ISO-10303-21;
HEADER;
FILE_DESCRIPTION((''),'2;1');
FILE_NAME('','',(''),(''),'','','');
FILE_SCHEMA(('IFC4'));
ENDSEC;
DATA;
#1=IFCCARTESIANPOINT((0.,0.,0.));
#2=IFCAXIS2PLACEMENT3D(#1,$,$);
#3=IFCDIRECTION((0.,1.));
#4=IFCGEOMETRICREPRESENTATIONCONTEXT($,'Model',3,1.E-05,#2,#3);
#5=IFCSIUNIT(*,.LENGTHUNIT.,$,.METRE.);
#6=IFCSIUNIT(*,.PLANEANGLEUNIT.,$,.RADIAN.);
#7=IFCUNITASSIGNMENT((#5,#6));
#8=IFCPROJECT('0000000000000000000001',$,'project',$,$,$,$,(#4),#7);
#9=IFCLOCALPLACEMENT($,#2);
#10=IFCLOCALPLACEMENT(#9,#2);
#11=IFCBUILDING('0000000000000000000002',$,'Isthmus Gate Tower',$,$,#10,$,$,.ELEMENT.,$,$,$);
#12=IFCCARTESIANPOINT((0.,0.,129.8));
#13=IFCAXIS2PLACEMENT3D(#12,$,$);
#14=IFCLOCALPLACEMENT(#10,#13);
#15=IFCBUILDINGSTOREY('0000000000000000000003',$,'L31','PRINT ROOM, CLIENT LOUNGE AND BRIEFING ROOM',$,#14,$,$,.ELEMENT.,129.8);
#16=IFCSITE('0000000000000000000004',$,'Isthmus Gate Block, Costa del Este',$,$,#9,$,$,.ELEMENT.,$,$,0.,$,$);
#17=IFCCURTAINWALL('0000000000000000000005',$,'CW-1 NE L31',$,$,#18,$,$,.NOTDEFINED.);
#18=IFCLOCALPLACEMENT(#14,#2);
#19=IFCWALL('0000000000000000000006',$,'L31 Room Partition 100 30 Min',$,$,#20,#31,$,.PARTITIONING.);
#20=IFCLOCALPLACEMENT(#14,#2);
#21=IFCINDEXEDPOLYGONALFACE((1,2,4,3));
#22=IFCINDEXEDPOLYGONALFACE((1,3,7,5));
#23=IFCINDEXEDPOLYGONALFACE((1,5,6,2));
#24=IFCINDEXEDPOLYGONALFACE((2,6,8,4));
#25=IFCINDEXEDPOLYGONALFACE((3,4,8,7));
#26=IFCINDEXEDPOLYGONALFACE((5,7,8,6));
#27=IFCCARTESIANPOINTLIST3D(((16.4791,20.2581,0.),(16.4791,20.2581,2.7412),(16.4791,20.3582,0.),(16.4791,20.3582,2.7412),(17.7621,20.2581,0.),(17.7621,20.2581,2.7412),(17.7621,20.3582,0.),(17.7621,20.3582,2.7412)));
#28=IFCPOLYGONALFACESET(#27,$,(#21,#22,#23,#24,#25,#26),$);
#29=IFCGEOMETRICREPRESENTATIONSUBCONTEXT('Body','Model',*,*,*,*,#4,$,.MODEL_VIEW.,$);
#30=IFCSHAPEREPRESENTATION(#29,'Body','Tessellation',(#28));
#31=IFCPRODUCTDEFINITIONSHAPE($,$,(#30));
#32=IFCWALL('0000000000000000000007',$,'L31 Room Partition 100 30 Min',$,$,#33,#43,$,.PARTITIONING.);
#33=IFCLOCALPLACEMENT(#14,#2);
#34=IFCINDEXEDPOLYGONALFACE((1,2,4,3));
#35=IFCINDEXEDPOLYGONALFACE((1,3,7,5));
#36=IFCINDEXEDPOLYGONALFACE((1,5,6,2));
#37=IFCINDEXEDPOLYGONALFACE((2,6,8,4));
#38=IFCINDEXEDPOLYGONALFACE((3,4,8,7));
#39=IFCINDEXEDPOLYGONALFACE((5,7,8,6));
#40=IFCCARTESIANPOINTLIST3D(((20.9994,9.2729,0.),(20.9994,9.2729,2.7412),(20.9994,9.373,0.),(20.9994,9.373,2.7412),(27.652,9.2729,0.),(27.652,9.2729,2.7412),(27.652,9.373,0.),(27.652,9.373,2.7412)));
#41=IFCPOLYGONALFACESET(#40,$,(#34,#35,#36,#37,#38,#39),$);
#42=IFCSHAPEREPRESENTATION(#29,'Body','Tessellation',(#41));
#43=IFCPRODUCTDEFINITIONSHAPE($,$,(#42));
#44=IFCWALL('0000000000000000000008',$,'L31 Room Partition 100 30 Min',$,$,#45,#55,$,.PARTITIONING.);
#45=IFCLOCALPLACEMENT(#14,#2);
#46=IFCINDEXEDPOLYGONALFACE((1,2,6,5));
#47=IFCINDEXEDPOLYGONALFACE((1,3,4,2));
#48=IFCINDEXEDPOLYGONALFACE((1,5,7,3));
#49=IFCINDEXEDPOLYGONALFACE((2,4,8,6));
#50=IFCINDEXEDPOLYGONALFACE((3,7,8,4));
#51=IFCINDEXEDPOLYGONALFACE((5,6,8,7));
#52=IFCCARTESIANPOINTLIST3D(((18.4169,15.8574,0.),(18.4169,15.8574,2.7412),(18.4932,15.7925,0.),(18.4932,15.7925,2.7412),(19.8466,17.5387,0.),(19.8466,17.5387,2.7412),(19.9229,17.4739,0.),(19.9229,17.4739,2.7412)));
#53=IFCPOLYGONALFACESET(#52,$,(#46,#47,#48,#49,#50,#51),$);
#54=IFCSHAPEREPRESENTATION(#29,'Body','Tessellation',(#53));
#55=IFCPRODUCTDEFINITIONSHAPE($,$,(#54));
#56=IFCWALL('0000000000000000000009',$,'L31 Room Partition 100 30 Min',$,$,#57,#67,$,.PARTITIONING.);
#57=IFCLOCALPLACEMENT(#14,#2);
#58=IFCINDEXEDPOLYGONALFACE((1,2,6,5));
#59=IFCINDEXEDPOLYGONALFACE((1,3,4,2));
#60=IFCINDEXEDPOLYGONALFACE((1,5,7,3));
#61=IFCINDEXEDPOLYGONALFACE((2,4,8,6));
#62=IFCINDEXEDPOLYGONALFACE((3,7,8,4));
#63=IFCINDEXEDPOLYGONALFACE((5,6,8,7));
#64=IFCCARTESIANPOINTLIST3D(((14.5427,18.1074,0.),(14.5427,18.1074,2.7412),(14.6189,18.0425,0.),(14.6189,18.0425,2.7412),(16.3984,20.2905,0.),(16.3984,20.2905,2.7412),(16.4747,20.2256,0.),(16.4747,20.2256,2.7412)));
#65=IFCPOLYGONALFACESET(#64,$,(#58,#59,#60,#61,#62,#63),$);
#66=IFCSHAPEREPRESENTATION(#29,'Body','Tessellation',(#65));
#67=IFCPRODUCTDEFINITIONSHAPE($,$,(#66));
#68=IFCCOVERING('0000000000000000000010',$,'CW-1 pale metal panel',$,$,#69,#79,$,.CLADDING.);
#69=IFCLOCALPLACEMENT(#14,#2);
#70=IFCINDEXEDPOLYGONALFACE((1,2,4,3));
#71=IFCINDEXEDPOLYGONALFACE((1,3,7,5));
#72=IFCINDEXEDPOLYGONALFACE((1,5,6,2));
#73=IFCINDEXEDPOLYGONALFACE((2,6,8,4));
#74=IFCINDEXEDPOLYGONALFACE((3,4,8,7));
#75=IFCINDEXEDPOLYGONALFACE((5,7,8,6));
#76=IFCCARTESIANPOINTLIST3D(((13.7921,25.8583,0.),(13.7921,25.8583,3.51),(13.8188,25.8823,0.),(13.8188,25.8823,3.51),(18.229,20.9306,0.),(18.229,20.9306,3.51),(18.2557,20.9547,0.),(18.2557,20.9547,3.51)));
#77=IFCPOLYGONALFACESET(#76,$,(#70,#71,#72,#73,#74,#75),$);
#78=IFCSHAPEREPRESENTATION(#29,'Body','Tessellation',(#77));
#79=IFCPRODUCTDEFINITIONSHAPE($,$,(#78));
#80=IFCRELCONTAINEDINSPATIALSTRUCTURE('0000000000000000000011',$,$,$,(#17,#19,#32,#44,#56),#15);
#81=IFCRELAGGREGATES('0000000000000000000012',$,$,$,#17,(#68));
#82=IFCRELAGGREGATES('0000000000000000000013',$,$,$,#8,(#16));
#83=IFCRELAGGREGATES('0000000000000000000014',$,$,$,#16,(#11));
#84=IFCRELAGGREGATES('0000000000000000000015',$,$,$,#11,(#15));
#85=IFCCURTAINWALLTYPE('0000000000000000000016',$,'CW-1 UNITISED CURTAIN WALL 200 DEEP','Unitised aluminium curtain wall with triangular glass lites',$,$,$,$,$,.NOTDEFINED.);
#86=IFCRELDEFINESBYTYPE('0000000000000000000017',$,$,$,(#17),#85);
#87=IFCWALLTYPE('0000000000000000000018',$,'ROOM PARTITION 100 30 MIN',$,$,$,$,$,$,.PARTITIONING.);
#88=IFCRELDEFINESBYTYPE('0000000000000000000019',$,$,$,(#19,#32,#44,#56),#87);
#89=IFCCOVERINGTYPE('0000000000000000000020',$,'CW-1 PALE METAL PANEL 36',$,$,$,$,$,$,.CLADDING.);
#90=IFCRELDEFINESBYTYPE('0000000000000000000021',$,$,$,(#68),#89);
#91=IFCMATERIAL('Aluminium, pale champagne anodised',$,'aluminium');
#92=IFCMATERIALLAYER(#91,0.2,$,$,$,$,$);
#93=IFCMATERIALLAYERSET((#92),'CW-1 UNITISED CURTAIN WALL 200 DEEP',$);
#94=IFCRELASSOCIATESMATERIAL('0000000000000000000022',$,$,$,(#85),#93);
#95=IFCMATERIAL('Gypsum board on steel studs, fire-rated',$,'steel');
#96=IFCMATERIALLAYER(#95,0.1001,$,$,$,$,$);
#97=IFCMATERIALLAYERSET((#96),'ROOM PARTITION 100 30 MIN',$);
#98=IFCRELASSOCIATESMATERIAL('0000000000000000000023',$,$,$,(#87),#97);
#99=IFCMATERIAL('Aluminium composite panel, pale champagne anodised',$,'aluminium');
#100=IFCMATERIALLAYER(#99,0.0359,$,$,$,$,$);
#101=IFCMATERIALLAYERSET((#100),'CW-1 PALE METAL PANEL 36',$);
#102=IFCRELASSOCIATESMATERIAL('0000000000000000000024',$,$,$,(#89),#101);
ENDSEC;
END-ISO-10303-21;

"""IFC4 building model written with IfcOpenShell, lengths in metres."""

from ifc_helpers import new_model, si_unit, direction, frame, frame_2d, origin, origin_2d, place, context, subcontext, project, spatial, rectangle, extrude, material, layer, layer_set, type_object, element, aggregate, save


model = new_model("IFC4")

# Units and contexts
model_context = context("Model", 3, precision=1e-05, world=origin(), true_north=direction((0.0, 1.0)))
body_context = subcontext(model_context, "Body", "Model", "MODEL_VIEW")
ifc_project = project(units=[si_unit("LENGTHUNIT", "METRE"), si_unit("PLANEANGLEUNIT", "RADIAN")], contexts=[model_context])

# Site, building, storey
site_placement = place(None, origin())
site = spatial("IfcSite", under=ifc_project, at=site_placement, Name="Isthmus Gate Block, Costa del Este", CompositionType="ELEMENT", RefElevation=0.0)
building_placement = place(site_placement, origin())
building = spatial("IfcBuilding", under=site, at=building_placement, Name="Isthmus Gate Tower", CompositionType="ELEMENT")
storey_placement = place(building_placement, frame((0.0, 0.0, 129.8)))
storey = spatial("IfcBuildingStorey", under=building, at=storey_placement, Name="L31", Description="PRINT ROOM, CLIENT LOUNGE AND BRIEFING ROOM", CompositionType="ELEMENT", Elevation=129.8)

# Curtain wall
ifc_material_1 = material(Name="Aluminium, pale champagne anodised", Category="aluminium")
ifc_layer_1 = layer(ifc_material_1, 0.2)
ifc_layer_set_1 = layer_set([ifc_layer_1], Name="CW-1 UNITISED CURTAIN WALL 200 DEEP")
curtain_wall_type = type_object("IfcCurtainWallType", Name="CW-1 UNITISED CURTAIN WALL 200 DEEP", Description="Unitised aluminium curtain wall with triangular glass lites", PredefinedType="NOTDEFINED", material=ifc_layer_set_1)
curtain_wall_placement = place(storey_placement, origin())
curtain_wall = element("IfcCurtainWall", 1, at=curtain_wall_placement, inside=storey, type_object=curtain_wall_type, Name="CW-1 NE L31", PredefinedType="NOTDEFINED")

# Walls
ifc_material_2 = material(Name="Gypsum board on steel studs, fire-rated", Category="steel")
ifc_layer_2 = layer(ifc_material_2, 0.1001)
ifc_layer_set_2 = layer_set([ifc_layer_2], Name="ROOM PARTITION 100 30 MIN")
wall_type_1 = type_object("IfcWallType", Name="ROOM PARTITION 100 30 MIN", PredefinedType="PARTITIONING", material=ifc_layer_set_2)
wall_1_placement = place(storey_placement, frame((16.479, 20.3081, 0.0), z_axis=(0.0, 0.0, 1.0), x_axis=(1.0, 0.0, 0.0)))
element("IfcWall", 2, at=wall_1_placement, inside=storey, type_object=wall_type_1, Name="L31 Room Partition 100 30 Min", PredefinedType="PARTITIONING", context=body_context, shape_type="SweptSolid", body=[
    extrude(rectangle(XDim=1.283, YDim=0.1001, at=frame_2d((0.6416, 0.0))), origin(), (0.0, 0.0, 1.0), 2.7412),
])
wall_2_placement = place(storey_placement, frame((20.9995, 9.323, 0.0), z_axis=(0.0, 0.0, 1.0), x_axis=(1.0, 0.0, 0.0)))
element("IfcWall", 3, at=wall_2_placement, inside=storey, type_object=wall_type_1, Name="L31 Room Partition 100 30 Min", PredefinedType="PARTITIONING", context=body_context, shape_type="SweptSolid", body=[
    extrude(rectangle(XDim=6.6526, YDim=0.1001, at=frame_2d((3.3262, 0.0))), origin(), (0.0, 0.0, 1.0), 2.7412),
])
wall_3_placement = place(storey_placement, frame((18.4551, 15.825, 0.0), z_axis=(0.0, 0.0, 1.0), x_axis=(0.64778, 0.761827, 0.0)))
element("IfcWall", 4, at=wall_3_placement, inside=storey, type_object=wall_type_1, Name="L31 Room Partition 100 30 Min", PredefinedType="PARTITIONING", context=body_context, shape_type="SweptSolid", body=[
    extrude(rectangle(XDim=2.207, YDim=0.1001, at=frame_2d((1.1035, 0.0))), origin(), (0.0, 0.0, 1.0), 2.7412),
])
wall_4_placement = place(storey_placement, frame((14.5808, 18.075, 0.0), z_axis=(0.0, 0.0, 1.0), x_axis=(0.647663, 0.761927, 0.0)))
element("IfcWall", 5, at=wall_4_placement, inside=storey, type_object=wall_type_1, Name="L31 Room Partition 100 30 Min", PredefinedType="PARTITIONING", context=body_context, shape_type="SweptSolid", body=[
    extrude(rectangle(XDim=2.8652, YDim=0.1001, at=frame_2d((1.4326, 0.0))), origin(), (0.0, 0.0, 1.0), 2.7412),
])

# Covering
ifc_material_3 = material(Name="Aluminium composite panel, pale champagne anodised", Category="aluminium")
ifc_layer_3 = layer(ifc_material_3, 0.0359)
ifc_layer_set_3 = layer_set([ifc_layer_3], Name="CW-1 PALE METAL PANEL 36")
covering_type = type_object("IfcCoveringType", Name="CW-1 PALE METAL PANEL 36", PredefinedType="CLADDING", material=ifc_layer_set_3)
covering_placement = place(storey_placement, frame((16.0239, 23.4065, 0.0), z_axis=(0.0, 0.0, 1.0), x_axis=(-0.669131, 0.743145, 0.0)))
covering = element("IfcCovering", 6, at=covering_placement, type_object=covering_type, Name="CW-1 pale metal panel", PredefinedType="CLADDING", context=body_context, shape_type="SweptSolid", body=[
    extrude(rectangle(XDim=6.6309, YDim=0.0359, at=origin_2d()), origin(), (0.0, 0.0, 1.0), 3.51),
])
aggregate(curtain_wall, [covering])

save(model, "model.ifc")
